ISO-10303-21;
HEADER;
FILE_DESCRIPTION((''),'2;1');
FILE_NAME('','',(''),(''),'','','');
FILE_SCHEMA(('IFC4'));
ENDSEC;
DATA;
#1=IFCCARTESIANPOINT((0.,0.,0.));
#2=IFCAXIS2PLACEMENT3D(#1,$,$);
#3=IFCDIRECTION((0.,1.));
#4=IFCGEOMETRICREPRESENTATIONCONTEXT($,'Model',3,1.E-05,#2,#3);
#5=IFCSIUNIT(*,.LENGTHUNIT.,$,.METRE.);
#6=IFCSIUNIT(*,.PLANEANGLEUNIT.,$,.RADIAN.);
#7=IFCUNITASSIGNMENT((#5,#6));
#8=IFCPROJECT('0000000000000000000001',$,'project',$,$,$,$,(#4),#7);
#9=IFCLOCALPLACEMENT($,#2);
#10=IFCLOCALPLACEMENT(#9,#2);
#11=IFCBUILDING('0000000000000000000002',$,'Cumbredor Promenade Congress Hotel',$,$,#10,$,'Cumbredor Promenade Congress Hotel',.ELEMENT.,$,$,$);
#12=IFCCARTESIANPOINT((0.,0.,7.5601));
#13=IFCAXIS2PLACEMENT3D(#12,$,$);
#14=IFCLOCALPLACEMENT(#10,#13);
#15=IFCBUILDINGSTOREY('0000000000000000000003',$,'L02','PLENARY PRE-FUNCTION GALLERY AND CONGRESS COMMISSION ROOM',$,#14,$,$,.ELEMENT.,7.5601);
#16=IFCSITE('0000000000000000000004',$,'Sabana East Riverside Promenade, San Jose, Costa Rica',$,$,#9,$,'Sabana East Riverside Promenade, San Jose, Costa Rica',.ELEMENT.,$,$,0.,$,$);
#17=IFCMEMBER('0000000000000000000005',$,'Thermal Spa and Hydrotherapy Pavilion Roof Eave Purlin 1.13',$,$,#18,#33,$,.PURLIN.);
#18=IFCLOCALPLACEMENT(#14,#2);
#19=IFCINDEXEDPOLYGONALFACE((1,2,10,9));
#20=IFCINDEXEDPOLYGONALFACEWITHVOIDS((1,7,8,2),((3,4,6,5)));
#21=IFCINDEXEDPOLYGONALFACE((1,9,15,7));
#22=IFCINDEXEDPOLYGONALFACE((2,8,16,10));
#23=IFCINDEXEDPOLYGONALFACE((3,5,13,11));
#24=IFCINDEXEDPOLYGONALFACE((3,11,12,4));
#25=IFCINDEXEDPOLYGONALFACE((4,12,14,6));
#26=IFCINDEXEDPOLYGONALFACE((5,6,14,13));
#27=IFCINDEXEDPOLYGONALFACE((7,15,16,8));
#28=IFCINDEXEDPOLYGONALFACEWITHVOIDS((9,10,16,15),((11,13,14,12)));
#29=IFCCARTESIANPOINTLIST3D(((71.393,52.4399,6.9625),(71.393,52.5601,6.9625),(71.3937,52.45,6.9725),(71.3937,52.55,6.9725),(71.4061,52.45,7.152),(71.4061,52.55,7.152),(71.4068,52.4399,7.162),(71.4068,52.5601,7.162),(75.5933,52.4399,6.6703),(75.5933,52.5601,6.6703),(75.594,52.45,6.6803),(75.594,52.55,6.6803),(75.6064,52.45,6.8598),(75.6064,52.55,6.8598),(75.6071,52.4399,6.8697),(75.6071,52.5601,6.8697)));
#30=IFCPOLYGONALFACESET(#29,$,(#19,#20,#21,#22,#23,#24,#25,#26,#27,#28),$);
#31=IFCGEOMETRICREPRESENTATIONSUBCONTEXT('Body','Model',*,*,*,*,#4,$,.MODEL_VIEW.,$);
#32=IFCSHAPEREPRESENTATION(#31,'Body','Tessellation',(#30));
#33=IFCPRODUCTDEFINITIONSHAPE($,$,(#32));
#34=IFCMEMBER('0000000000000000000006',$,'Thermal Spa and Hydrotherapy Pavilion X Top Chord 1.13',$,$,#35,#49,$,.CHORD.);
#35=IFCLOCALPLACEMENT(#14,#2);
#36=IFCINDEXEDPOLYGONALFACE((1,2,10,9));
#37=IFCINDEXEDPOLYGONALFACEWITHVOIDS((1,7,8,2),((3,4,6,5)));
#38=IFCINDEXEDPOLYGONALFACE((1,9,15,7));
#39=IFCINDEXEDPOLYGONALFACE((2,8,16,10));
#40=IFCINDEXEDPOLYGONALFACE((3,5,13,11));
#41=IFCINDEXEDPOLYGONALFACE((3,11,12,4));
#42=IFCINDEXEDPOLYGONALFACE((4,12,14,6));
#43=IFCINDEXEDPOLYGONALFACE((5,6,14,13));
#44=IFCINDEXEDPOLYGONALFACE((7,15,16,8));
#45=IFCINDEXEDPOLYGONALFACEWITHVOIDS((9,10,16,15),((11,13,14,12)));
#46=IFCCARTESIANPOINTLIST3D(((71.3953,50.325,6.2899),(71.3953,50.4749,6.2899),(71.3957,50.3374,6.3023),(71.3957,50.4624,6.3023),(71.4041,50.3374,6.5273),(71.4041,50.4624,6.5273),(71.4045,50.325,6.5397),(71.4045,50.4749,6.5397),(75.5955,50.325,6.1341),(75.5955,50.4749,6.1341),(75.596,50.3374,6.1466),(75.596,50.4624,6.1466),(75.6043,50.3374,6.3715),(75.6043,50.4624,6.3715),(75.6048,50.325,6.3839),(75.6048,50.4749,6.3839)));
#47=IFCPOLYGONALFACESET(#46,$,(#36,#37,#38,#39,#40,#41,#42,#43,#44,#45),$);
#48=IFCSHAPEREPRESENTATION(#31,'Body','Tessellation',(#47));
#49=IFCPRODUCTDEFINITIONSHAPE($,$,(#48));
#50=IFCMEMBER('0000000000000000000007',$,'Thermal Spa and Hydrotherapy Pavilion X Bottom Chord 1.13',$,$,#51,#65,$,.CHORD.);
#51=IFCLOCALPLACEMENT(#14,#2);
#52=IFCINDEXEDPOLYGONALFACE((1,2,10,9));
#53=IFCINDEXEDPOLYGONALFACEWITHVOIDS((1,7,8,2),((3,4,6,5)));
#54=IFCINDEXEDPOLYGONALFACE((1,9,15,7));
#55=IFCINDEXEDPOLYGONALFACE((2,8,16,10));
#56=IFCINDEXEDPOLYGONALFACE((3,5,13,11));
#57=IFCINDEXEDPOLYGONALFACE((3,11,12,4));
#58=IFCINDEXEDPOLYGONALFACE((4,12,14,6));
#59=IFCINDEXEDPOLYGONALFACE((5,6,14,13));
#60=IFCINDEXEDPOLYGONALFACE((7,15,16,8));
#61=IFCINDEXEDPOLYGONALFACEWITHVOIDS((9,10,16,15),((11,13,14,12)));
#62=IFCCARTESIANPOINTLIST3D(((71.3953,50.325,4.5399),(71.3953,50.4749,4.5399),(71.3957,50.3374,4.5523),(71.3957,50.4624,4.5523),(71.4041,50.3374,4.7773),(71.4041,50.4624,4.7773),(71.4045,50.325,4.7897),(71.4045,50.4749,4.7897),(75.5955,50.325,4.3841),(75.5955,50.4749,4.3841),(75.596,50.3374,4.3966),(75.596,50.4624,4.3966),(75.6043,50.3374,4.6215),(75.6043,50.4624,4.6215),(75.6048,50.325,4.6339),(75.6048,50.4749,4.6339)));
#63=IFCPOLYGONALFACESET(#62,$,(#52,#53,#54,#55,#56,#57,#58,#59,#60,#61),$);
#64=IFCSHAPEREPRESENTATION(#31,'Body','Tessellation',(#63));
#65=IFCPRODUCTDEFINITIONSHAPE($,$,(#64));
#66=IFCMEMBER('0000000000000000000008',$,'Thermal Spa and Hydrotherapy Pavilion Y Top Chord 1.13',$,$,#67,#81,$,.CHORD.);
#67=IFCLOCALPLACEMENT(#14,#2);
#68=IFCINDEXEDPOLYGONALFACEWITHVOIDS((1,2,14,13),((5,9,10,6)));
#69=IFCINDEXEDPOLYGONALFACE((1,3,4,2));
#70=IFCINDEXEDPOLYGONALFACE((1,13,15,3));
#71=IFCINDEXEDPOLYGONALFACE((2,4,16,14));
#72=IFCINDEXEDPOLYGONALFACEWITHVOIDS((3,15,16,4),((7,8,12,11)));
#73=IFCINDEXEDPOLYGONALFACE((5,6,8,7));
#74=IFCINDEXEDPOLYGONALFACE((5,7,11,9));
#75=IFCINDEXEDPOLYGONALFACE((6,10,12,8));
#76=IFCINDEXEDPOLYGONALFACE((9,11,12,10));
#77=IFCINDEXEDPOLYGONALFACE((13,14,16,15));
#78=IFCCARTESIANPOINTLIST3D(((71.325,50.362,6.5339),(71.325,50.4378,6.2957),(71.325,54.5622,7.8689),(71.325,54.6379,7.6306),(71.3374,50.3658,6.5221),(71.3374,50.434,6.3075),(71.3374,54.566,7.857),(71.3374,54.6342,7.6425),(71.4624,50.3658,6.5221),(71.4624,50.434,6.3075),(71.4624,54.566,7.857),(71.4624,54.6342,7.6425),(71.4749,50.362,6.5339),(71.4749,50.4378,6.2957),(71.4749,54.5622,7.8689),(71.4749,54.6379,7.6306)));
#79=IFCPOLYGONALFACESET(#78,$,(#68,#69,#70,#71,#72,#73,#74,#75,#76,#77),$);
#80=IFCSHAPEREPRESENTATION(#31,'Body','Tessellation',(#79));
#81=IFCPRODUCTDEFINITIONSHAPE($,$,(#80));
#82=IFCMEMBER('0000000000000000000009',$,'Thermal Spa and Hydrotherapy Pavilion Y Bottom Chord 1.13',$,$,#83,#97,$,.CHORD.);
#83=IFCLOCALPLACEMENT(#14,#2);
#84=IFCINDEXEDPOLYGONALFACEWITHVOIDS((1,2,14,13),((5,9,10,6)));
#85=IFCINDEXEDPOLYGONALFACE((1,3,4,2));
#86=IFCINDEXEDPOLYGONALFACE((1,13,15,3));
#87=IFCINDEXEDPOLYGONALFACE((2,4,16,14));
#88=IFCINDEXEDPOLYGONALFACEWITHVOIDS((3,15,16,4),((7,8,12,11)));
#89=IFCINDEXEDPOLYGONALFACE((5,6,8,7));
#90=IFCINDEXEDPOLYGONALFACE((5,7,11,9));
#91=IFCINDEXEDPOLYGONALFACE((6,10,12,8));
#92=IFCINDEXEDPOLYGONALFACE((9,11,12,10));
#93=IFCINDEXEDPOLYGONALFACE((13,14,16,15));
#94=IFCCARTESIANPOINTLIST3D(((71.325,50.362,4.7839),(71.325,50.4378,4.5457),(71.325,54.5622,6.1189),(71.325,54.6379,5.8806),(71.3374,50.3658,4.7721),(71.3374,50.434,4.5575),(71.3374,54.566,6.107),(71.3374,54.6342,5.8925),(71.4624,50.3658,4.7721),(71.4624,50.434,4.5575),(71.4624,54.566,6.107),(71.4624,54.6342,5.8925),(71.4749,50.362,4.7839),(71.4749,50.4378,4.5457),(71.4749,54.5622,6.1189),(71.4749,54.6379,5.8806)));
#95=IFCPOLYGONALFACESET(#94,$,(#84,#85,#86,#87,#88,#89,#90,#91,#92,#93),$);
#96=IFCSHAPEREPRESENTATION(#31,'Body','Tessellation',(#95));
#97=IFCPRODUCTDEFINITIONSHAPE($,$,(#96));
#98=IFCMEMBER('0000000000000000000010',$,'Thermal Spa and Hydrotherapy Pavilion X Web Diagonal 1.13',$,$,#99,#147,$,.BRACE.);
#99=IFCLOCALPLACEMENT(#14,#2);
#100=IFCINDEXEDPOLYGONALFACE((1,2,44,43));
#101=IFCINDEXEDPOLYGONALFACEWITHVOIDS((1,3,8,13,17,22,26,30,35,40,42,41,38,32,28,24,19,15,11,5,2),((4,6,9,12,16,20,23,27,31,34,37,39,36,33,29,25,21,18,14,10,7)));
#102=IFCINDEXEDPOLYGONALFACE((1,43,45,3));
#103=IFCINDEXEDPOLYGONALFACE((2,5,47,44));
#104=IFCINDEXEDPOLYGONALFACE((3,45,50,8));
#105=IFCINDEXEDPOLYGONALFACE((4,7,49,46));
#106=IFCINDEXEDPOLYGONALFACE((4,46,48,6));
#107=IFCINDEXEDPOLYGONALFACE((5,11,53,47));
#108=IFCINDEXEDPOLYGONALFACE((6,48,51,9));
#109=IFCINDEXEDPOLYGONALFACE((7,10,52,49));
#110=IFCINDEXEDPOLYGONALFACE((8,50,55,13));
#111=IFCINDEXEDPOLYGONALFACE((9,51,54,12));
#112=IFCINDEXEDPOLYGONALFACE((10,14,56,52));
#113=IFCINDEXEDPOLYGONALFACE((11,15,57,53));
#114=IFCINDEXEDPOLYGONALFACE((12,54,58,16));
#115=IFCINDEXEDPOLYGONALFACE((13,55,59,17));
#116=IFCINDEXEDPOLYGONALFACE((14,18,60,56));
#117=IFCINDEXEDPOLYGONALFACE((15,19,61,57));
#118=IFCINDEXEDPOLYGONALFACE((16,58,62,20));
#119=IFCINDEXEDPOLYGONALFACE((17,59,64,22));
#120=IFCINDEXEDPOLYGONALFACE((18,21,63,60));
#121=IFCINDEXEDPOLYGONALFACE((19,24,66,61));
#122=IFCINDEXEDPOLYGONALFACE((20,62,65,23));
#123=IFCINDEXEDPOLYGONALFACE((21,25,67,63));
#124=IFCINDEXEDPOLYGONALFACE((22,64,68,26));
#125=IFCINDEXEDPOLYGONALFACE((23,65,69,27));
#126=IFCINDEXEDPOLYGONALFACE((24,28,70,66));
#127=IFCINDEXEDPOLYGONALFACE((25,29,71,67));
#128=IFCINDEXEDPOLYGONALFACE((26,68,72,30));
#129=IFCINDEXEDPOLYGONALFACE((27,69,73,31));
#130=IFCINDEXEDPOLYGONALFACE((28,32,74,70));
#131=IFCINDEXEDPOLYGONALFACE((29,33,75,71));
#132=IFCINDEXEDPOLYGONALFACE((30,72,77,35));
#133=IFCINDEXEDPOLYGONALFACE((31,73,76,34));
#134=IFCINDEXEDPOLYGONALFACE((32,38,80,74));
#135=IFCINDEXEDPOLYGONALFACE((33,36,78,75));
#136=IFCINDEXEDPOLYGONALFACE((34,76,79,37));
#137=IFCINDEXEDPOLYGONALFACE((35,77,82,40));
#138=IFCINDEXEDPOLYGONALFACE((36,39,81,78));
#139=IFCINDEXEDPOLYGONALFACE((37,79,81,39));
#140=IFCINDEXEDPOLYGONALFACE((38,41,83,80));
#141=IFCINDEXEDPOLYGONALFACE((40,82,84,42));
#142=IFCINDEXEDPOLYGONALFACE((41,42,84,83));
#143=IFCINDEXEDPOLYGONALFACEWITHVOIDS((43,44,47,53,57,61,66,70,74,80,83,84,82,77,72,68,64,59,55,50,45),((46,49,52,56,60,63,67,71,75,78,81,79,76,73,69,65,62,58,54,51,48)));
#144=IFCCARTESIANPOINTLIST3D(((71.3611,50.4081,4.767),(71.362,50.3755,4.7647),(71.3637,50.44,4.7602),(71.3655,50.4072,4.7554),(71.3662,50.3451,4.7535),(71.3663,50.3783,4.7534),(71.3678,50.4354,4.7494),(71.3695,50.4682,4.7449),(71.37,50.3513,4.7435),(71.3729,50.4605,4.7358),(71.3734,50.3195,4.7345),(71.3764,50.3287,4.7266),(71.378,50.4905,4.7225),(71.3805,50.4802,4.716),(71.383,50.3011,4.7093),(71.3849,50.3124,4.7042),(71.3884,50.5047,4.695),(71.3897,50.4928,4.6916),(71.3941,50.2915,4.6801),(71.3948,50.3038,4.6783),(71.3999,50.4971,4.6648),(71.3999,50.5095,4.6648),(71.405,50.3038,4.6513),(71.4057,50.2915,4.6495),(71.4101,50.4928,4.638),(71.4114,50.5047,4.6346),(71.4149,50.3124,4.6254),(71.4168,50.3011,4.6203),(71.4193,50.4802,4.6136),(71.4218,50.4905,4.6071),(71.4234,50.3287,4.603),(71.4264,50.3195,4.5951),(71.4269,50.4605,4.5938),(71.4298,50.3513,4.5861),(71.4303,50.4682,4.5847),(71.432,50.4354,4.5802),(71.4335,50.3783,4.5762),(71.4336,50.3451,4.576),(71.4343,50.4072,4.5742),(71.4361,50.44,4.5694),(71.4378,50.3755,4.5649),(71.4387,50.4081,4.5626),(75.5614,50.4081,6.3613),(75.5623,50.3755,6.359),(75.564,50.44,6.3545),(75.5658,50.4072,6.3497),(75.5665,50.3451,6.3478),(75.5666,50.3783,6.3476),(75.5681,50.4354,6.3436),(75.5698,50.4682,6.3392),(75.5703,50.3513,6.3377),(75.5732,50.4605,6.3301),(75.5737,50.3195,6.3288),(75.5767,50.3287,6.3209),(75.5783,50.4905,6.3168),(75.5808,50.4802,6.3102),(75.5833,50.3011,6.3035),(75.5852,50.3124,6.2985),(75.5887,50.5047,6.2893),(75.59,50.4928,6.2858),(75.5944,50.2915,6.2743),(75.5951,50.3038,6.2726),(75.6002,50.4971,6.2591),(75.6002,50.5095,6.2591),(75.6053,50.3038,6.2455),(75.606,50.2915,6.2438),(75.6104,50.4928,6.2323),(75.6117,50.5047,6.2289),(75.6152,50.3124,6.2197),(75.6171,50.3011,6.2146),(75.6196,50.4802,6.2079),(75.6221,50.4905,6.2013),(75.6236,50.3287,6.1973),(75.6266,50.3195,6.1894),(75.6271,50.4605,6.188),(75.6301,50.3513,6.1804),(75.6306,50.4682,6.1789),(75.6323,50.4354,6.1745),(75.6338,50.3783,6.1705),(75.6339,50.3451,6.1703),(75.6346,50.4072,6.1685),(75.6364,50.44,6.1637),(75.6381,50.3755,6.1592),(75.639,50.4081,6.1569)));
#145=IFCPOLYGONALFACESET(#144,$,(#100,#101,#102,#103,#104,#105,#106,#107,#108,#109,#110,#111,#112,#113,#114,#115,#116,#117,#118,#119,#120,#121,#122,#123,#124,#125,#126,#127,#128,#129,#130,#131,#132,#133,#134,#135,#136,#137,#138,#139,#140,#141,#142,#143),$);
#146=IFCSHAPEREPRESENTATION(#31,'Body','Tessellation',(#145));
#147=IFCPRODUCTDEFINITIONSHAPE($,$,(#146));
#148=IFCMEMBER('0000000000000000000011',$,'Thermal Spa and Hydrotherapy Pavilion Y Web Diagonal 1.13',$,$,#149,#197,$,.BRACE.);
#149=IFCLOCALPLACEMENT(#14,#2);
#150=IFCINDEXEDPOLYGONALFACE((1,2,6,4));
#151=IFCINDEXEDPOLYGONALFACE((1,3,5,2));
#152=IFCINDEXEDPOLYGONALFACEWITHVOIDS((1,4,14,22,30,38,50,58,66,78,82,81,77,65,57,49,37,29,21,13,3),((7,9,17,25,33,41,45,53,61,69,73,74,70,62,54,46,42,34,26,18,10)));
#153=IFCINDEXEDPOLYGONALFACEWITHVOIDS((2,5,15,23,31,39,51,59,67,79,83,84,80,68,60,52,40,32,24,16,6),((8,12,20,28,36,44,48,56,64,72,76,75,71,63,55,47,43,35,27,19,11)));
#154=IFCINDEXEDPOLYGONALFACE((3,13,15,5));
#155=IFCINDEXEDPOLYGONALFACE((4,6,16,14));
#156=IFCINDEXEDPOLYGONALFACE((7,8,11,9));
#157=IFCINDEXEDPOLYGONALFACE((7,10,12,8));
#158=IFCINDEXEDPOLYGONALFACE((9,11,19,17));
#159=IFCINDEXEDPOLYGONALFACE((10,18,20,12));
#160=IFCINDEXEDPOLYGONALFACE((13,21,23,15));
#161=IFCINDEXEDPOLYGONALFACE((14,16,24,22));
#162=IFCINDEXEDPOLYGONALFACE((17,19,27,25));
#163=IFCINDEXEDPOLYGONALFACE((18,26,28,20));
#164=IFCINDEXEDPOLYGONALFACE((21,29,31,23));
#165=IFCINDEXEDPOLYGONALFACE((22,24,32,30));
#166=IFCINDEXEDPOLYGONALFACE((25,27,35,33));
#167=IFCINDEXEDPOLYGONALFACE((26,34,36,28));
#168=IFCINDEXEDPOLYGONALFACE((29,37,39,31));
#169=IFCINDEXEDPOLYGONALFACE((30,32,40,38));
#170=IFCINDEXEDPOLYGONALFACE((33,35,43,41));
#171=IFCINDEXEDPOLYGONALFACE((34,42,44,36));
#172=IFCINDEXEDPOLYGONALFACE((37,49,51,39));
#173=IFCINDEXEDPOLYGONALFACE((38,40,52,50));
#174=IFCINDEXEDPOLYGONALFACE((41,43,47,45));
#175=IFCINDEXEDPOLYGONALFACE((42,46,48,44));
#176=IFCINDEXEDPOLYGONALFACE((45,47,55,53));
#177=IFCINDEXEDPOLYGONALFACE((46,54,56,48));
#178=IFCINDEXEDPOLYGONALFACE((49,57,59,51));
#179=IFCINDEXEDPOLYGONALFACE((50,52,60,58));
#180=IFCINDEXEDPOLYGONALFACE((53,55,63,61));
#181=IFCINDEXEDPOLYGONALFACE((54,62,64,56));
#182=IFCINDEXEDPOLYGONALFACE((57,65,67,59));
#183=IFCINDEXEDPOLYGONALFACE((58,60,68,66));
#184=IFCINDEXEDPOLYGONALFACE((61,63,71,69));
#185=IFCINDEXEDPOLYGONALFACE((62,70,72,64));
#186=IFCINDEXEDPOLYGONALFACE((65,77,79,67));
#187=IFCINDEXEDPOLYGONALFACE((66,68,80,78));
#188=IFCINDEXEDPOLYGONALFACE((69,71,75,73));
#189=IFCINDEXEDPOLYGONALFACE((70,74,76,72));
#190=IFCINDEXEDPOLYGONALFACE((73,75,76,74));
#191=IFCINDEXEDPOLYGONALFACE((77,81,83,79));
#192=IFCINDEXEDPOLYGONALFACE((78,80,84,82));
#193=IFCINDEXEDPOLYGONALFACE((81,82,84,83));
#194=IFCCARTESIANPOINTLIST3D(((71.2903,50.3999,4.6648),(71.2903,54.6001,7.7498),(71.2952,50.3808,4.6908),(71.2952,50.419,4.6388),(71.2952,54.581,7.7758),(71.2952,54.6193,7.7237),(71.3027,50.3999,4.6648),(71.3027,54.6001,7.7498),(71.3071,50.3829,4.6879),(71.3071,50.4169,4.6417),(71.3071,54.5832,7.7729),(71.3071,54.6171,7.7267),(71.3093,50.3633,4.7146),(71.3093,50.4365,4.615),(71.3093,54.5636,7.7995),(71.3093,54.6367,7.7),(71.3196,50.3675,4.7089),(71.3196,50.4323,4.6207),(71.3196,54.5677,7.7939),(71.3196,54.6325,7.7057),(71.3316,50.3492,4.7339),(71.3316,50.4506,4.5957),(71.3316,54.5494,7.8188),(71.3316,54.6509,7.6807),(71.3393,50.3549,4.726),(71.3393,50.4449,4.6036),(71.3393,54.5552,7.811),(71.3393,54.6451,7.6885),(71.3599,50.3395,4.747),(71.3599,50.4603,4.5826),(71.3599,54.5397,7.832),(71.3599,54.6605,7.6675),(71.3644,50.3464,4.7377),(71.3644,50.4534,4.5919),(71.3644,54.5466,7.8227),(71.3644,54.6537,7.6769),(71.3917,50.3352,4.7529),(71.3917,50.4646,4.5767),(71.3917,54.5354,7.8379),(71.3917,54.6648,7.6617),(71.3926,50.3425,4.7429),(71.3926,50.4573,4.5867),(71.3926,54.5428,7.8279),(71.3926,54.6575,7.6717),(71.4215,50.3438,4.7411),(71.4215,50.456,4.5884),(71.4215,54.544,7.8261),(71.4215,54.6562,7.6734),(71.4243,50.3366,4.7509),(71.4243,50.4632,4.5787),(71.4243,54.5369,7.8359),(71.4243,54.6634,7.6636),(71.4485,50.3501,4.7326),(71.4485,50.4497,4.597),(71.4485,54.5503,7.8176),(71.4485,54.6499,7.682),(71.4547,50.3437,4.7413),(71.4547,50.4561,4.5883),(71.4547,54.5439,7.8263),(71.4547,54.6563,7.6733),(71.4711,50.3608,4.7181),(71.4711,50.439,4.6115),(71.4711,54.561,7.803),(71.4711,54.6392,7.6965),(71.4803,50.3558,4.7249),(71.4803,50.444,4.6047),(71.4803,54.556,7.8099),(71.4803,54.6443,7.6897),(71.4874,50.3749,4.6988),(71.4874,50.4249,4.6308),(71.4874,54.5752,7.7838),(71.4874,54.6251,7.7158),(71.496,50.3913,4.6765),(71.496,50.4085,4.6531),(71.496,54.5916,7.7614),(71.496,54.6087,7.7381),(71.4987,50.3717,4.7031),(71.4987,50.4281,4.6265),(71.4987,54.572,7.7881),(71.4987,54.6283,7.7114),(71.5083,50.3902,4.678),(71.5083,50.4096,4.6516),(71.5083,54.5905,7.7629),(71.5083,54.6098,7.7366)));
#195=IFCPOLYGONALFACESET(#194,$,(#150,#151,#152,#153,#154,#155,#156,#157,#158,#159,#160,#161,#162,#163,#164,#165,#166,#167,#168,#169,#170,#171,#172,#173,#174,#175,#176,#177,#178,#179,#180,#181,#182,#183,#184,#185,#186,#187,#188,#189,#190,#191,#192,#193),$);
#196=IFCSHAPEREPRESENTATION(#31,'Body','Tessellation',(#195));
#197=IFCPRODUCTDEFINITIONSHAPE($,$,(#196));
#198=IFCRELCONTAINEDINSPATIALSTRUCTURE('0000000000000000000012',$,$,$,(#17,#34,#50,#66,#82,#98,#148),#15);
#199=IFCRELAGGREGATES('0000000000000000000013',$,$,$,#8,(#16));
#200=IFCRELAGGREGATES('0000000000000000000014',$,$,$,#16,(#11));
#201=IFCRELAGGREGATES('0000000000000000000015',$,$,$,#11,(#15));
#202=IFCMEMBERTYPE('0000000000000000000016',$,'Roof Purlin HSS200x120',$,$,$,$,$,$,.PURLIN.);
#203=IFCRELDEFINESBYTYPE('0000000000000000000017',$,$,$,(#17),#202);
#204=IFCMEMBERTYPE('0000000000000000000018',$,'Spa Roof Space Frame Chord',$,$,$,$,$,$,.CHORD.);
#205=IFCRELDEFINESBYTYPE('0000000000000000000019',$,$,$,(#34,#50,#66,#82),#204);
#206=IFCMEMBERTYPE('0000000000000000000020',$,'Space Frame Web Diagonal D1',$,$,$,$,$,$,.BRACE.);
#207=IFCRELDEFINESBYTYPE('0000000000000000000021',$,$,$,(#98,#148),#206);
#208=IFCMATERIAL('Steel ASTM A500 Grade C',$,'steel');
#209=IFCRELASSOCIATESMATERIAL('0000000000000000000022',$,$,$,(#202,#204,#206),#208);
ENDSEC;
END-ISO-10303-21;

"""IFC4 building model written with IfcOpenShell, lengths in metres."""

from ifc_helpers import new_model, si_unit, direction, frame, origin, origin_2d, place, context, subcontext, project, spatial, hollow_rectangle, hollow_circle, extrude, material, material_profile, profile_set, type_object, element, save


model = new_model("IFC4")

# Units and contexts
model_context = context("Model", 3, precision=1e-05, world=origin(), true_north=direction((0.0, 1.0)))
body_context = subcontext(model_context, "Body", "Model", "MODEL_VIEW")
ifc_project = project(units=[si_unit("LENGTHUNIT", "METRE"), si_unit("PLANEANGLEUNIT", "RADIAN")], contexts=[model_context])

# Site, building, storey
site_placement = place(None, origin())
site = spatial("IfcSite", under=ifc_project, at=site_placement, Name="Sabana East Riverside Promenade, San Jose, Costa Rica", LongName="Sabana East Riverside Promenade, San Jose, Costa Rica", CompositionType="ELEMENT", RefElevation=0.0)
building_placement = place(site_placement, origin())
building = spatial("IfcBuilding", under=site, at=building_placement, Name="Cumbredor Promenade Congress Hotel", LongName="Cumbredor Promenade Congress Hotel", CompositionType="ELEMENT")
storey_placement = place(building_placement, frame((0.0, 0.0, 7.5601)))
storey = spatial("IfcBuildingStorey", under=building, at=storey_placement, Name="L02", Description="PLENARY PRE-FUNCTION GALLERY AND CONGRESS COMMISSION ROOM", CompositionType="ELEMENT", Elevation=7.5601)

# Members
ifc_material_1 = material(Name="Steel ASTM A500 Grade C", Category="steel")
ifc_material_profile_1 = material_profile(ifc_material_1, hollow_rectangle(XDim=0.1201, YDim=0.2, WallThickness=0.01, at=origin_2d()), Name="HSS 200x120x10")
ifc_profile_set_1 = profile_set([ifc_material_profile_1], Name="Steel ASTM A500 Grade C")
member_type_1 = type_object("IfcMemberType", Name="Roof Purlin HSS200x120", PredefinedType="PURLIN", material=ifc_profile_set_1)
member_1_placement = place(storey_placement, frame((71.3999, 52.5, 7.0623), z_axis=(0.997588, 0.0, -0.069409), x_axis=(0.0, 1.0, 0.0)))
element("IfcMember", 1, at=member_1_placement, inside=storey, type_object=member_type_1, Name="Thermal Spa and Hydrotherapy Pavilion Roof Eave Purlin 1.13", PredefinedType="PURLIN", context=body_context, shape_type="SweptSolid", body=[
    extrude(hollow_rectangle(XDim=0.1201, YDim=0.2, WallThickness=0.01, at=origin_2d()), origin(), (0.0, 0.0, 1.0), 4.2104),
])
ifc_material_profile_2 = material_profile(ifc_material_1, hollow_rectangle(XDim=0.1499, YDim=0.25, WallThickness=0.0125, at=origin_2d()), Name="HSS 250x150x12.5")
ifc_profile_set_2 = profile_set([ifc_material_profile_2], Name="Steel ASTM A500 Grade C")
member_type_2 = type_object("IfcMemberType", Name="Spa Roof Space Frame Chord", PredefinedType="CHORD", material=ifc_profile_set_2)
for number, where, z_axis, x_axis, name in (
    (2, (71.3999, 50.3999, 6.4148), (0.999313, 0.0, -0.037059), (0.0, 1.0, 0.0), "Thermal Spa and Hydrotherapy Pavilion X Top Chord 1.13"),
    (3, (71.3999, 50.3999, 4.6648), (0.999313, 0.0, -0.037059), (0.0, 1.0, 0.0), "Thermal Spa and Hydrotherapy Pavilion X Bottom Chord 1.13"),
):
    element("IfcMember", number, at=place(storey_placement, frame(where, z_axis=z_axis, x_axis=x_axis)), inside=storey, type_object=member_type_2, Name=name, PredefinedType="CHORD", context=body_context, shape_type="SweptSolid", body=[
        extrude(hollow_rectangle(XDim=0.1499, YDim=0.25, WallThickness=0.0125, at=origin_2d()), origin(), (0.0, 0.0, 1.0), 4.2031),
    ])
for number, where, z_axis, x_axis, name in (
    (4, (71.3999, 50.3999, 6.4148), (0.0, 0.953022, 0.302902), (-1.0, 0.0, 0.0), "Thermal Spa and Hydrotherapy Pavilion Y Top Chord 1.13"),
    (5, (71.3999, 50.3999, 4.6648), (0.0, 0.953022, 0.302902), (-1.0, 0.0, 0.0), "Thermal Spa and Hydrotherapy Pavilion Y Bottom Chord 1.13"),
):
    element("IfcMember", number, at=place(storey_placement, frame(where, z_axis=z_axis, x_axis=x_axis)), inside=storey, type_object=member_type_2, Name=name, PredefinedType="CHORD", context=body_context, shape_type="SweptSolid", body=[
        extrude(hollow_rectangle(XDim=0.1499, YDim=0.25, WallThickness=0.0125, at=origin_2d()), origin(), (0.0, 0.0, 1.0), 4.4072),
    ])
ifc_material_profile_3 = material_profile(ifc_material_1, hollow_circle(Radius=0.1096, WallThickness=0.0125, at=origin_2d()), Name="CHS 219.1x12.5")
ifc_profile_set_3 = profile_set([ifc_material_profile_3], Name="Steel ASTM A500 Grade C")
member_type_3 = type_object("IfcMemberType", Name="Space Frame Web Diagonal D1", PredefinedType="BRACE", material=ifc_profile_set_3)
member_2_placement = place(storey_placement, frame((71.3999, 50.3999, 4.6648), z_axis=(0.934919, 0.0, 0.354861), x_axis=(0.0, 1.0, 0.0)))
element("IfcMember", 6, at=member_2_placement, inside=storey, type_object=member_type_3, Name="Thermal Spa and Hydrotherapy Pavilion X Web Diagonal 1.13", PredefinedType="BRACE", context=body_context, shape_type="SweptSolid", body=[
    extrude(hollow_circle(Radius=0.1096, WallThickness=0.0125, at=origin_2d()), origin(), (0.0, 0.0, 1.0), 4.4927),
])
member_3_placement = place(storey_placement, frame((71.3999, 50.3999, 4.6648), z_axis=(0.0, 0.805964, 0.591965), x_axis=(-1.0, 0.0, 0.0)))
element("IfcMember", 7, at=member_3_placement, inside=storey, type_object=member_type_3, Name="Thermal Spa and Hydrotherapy Pavilion Y Web Diagonal 1.13", PredefinedType="BRACE", context=body_context, shape_type="SweptSolid", body=[
    extrude(hollow_circle(Radius=0.1096, WallThickness=0.0125, at=origin_2d()), origin(), (0.0, 0.0, 1.0), 5.2114),
])

save(model, "model.ifc")
